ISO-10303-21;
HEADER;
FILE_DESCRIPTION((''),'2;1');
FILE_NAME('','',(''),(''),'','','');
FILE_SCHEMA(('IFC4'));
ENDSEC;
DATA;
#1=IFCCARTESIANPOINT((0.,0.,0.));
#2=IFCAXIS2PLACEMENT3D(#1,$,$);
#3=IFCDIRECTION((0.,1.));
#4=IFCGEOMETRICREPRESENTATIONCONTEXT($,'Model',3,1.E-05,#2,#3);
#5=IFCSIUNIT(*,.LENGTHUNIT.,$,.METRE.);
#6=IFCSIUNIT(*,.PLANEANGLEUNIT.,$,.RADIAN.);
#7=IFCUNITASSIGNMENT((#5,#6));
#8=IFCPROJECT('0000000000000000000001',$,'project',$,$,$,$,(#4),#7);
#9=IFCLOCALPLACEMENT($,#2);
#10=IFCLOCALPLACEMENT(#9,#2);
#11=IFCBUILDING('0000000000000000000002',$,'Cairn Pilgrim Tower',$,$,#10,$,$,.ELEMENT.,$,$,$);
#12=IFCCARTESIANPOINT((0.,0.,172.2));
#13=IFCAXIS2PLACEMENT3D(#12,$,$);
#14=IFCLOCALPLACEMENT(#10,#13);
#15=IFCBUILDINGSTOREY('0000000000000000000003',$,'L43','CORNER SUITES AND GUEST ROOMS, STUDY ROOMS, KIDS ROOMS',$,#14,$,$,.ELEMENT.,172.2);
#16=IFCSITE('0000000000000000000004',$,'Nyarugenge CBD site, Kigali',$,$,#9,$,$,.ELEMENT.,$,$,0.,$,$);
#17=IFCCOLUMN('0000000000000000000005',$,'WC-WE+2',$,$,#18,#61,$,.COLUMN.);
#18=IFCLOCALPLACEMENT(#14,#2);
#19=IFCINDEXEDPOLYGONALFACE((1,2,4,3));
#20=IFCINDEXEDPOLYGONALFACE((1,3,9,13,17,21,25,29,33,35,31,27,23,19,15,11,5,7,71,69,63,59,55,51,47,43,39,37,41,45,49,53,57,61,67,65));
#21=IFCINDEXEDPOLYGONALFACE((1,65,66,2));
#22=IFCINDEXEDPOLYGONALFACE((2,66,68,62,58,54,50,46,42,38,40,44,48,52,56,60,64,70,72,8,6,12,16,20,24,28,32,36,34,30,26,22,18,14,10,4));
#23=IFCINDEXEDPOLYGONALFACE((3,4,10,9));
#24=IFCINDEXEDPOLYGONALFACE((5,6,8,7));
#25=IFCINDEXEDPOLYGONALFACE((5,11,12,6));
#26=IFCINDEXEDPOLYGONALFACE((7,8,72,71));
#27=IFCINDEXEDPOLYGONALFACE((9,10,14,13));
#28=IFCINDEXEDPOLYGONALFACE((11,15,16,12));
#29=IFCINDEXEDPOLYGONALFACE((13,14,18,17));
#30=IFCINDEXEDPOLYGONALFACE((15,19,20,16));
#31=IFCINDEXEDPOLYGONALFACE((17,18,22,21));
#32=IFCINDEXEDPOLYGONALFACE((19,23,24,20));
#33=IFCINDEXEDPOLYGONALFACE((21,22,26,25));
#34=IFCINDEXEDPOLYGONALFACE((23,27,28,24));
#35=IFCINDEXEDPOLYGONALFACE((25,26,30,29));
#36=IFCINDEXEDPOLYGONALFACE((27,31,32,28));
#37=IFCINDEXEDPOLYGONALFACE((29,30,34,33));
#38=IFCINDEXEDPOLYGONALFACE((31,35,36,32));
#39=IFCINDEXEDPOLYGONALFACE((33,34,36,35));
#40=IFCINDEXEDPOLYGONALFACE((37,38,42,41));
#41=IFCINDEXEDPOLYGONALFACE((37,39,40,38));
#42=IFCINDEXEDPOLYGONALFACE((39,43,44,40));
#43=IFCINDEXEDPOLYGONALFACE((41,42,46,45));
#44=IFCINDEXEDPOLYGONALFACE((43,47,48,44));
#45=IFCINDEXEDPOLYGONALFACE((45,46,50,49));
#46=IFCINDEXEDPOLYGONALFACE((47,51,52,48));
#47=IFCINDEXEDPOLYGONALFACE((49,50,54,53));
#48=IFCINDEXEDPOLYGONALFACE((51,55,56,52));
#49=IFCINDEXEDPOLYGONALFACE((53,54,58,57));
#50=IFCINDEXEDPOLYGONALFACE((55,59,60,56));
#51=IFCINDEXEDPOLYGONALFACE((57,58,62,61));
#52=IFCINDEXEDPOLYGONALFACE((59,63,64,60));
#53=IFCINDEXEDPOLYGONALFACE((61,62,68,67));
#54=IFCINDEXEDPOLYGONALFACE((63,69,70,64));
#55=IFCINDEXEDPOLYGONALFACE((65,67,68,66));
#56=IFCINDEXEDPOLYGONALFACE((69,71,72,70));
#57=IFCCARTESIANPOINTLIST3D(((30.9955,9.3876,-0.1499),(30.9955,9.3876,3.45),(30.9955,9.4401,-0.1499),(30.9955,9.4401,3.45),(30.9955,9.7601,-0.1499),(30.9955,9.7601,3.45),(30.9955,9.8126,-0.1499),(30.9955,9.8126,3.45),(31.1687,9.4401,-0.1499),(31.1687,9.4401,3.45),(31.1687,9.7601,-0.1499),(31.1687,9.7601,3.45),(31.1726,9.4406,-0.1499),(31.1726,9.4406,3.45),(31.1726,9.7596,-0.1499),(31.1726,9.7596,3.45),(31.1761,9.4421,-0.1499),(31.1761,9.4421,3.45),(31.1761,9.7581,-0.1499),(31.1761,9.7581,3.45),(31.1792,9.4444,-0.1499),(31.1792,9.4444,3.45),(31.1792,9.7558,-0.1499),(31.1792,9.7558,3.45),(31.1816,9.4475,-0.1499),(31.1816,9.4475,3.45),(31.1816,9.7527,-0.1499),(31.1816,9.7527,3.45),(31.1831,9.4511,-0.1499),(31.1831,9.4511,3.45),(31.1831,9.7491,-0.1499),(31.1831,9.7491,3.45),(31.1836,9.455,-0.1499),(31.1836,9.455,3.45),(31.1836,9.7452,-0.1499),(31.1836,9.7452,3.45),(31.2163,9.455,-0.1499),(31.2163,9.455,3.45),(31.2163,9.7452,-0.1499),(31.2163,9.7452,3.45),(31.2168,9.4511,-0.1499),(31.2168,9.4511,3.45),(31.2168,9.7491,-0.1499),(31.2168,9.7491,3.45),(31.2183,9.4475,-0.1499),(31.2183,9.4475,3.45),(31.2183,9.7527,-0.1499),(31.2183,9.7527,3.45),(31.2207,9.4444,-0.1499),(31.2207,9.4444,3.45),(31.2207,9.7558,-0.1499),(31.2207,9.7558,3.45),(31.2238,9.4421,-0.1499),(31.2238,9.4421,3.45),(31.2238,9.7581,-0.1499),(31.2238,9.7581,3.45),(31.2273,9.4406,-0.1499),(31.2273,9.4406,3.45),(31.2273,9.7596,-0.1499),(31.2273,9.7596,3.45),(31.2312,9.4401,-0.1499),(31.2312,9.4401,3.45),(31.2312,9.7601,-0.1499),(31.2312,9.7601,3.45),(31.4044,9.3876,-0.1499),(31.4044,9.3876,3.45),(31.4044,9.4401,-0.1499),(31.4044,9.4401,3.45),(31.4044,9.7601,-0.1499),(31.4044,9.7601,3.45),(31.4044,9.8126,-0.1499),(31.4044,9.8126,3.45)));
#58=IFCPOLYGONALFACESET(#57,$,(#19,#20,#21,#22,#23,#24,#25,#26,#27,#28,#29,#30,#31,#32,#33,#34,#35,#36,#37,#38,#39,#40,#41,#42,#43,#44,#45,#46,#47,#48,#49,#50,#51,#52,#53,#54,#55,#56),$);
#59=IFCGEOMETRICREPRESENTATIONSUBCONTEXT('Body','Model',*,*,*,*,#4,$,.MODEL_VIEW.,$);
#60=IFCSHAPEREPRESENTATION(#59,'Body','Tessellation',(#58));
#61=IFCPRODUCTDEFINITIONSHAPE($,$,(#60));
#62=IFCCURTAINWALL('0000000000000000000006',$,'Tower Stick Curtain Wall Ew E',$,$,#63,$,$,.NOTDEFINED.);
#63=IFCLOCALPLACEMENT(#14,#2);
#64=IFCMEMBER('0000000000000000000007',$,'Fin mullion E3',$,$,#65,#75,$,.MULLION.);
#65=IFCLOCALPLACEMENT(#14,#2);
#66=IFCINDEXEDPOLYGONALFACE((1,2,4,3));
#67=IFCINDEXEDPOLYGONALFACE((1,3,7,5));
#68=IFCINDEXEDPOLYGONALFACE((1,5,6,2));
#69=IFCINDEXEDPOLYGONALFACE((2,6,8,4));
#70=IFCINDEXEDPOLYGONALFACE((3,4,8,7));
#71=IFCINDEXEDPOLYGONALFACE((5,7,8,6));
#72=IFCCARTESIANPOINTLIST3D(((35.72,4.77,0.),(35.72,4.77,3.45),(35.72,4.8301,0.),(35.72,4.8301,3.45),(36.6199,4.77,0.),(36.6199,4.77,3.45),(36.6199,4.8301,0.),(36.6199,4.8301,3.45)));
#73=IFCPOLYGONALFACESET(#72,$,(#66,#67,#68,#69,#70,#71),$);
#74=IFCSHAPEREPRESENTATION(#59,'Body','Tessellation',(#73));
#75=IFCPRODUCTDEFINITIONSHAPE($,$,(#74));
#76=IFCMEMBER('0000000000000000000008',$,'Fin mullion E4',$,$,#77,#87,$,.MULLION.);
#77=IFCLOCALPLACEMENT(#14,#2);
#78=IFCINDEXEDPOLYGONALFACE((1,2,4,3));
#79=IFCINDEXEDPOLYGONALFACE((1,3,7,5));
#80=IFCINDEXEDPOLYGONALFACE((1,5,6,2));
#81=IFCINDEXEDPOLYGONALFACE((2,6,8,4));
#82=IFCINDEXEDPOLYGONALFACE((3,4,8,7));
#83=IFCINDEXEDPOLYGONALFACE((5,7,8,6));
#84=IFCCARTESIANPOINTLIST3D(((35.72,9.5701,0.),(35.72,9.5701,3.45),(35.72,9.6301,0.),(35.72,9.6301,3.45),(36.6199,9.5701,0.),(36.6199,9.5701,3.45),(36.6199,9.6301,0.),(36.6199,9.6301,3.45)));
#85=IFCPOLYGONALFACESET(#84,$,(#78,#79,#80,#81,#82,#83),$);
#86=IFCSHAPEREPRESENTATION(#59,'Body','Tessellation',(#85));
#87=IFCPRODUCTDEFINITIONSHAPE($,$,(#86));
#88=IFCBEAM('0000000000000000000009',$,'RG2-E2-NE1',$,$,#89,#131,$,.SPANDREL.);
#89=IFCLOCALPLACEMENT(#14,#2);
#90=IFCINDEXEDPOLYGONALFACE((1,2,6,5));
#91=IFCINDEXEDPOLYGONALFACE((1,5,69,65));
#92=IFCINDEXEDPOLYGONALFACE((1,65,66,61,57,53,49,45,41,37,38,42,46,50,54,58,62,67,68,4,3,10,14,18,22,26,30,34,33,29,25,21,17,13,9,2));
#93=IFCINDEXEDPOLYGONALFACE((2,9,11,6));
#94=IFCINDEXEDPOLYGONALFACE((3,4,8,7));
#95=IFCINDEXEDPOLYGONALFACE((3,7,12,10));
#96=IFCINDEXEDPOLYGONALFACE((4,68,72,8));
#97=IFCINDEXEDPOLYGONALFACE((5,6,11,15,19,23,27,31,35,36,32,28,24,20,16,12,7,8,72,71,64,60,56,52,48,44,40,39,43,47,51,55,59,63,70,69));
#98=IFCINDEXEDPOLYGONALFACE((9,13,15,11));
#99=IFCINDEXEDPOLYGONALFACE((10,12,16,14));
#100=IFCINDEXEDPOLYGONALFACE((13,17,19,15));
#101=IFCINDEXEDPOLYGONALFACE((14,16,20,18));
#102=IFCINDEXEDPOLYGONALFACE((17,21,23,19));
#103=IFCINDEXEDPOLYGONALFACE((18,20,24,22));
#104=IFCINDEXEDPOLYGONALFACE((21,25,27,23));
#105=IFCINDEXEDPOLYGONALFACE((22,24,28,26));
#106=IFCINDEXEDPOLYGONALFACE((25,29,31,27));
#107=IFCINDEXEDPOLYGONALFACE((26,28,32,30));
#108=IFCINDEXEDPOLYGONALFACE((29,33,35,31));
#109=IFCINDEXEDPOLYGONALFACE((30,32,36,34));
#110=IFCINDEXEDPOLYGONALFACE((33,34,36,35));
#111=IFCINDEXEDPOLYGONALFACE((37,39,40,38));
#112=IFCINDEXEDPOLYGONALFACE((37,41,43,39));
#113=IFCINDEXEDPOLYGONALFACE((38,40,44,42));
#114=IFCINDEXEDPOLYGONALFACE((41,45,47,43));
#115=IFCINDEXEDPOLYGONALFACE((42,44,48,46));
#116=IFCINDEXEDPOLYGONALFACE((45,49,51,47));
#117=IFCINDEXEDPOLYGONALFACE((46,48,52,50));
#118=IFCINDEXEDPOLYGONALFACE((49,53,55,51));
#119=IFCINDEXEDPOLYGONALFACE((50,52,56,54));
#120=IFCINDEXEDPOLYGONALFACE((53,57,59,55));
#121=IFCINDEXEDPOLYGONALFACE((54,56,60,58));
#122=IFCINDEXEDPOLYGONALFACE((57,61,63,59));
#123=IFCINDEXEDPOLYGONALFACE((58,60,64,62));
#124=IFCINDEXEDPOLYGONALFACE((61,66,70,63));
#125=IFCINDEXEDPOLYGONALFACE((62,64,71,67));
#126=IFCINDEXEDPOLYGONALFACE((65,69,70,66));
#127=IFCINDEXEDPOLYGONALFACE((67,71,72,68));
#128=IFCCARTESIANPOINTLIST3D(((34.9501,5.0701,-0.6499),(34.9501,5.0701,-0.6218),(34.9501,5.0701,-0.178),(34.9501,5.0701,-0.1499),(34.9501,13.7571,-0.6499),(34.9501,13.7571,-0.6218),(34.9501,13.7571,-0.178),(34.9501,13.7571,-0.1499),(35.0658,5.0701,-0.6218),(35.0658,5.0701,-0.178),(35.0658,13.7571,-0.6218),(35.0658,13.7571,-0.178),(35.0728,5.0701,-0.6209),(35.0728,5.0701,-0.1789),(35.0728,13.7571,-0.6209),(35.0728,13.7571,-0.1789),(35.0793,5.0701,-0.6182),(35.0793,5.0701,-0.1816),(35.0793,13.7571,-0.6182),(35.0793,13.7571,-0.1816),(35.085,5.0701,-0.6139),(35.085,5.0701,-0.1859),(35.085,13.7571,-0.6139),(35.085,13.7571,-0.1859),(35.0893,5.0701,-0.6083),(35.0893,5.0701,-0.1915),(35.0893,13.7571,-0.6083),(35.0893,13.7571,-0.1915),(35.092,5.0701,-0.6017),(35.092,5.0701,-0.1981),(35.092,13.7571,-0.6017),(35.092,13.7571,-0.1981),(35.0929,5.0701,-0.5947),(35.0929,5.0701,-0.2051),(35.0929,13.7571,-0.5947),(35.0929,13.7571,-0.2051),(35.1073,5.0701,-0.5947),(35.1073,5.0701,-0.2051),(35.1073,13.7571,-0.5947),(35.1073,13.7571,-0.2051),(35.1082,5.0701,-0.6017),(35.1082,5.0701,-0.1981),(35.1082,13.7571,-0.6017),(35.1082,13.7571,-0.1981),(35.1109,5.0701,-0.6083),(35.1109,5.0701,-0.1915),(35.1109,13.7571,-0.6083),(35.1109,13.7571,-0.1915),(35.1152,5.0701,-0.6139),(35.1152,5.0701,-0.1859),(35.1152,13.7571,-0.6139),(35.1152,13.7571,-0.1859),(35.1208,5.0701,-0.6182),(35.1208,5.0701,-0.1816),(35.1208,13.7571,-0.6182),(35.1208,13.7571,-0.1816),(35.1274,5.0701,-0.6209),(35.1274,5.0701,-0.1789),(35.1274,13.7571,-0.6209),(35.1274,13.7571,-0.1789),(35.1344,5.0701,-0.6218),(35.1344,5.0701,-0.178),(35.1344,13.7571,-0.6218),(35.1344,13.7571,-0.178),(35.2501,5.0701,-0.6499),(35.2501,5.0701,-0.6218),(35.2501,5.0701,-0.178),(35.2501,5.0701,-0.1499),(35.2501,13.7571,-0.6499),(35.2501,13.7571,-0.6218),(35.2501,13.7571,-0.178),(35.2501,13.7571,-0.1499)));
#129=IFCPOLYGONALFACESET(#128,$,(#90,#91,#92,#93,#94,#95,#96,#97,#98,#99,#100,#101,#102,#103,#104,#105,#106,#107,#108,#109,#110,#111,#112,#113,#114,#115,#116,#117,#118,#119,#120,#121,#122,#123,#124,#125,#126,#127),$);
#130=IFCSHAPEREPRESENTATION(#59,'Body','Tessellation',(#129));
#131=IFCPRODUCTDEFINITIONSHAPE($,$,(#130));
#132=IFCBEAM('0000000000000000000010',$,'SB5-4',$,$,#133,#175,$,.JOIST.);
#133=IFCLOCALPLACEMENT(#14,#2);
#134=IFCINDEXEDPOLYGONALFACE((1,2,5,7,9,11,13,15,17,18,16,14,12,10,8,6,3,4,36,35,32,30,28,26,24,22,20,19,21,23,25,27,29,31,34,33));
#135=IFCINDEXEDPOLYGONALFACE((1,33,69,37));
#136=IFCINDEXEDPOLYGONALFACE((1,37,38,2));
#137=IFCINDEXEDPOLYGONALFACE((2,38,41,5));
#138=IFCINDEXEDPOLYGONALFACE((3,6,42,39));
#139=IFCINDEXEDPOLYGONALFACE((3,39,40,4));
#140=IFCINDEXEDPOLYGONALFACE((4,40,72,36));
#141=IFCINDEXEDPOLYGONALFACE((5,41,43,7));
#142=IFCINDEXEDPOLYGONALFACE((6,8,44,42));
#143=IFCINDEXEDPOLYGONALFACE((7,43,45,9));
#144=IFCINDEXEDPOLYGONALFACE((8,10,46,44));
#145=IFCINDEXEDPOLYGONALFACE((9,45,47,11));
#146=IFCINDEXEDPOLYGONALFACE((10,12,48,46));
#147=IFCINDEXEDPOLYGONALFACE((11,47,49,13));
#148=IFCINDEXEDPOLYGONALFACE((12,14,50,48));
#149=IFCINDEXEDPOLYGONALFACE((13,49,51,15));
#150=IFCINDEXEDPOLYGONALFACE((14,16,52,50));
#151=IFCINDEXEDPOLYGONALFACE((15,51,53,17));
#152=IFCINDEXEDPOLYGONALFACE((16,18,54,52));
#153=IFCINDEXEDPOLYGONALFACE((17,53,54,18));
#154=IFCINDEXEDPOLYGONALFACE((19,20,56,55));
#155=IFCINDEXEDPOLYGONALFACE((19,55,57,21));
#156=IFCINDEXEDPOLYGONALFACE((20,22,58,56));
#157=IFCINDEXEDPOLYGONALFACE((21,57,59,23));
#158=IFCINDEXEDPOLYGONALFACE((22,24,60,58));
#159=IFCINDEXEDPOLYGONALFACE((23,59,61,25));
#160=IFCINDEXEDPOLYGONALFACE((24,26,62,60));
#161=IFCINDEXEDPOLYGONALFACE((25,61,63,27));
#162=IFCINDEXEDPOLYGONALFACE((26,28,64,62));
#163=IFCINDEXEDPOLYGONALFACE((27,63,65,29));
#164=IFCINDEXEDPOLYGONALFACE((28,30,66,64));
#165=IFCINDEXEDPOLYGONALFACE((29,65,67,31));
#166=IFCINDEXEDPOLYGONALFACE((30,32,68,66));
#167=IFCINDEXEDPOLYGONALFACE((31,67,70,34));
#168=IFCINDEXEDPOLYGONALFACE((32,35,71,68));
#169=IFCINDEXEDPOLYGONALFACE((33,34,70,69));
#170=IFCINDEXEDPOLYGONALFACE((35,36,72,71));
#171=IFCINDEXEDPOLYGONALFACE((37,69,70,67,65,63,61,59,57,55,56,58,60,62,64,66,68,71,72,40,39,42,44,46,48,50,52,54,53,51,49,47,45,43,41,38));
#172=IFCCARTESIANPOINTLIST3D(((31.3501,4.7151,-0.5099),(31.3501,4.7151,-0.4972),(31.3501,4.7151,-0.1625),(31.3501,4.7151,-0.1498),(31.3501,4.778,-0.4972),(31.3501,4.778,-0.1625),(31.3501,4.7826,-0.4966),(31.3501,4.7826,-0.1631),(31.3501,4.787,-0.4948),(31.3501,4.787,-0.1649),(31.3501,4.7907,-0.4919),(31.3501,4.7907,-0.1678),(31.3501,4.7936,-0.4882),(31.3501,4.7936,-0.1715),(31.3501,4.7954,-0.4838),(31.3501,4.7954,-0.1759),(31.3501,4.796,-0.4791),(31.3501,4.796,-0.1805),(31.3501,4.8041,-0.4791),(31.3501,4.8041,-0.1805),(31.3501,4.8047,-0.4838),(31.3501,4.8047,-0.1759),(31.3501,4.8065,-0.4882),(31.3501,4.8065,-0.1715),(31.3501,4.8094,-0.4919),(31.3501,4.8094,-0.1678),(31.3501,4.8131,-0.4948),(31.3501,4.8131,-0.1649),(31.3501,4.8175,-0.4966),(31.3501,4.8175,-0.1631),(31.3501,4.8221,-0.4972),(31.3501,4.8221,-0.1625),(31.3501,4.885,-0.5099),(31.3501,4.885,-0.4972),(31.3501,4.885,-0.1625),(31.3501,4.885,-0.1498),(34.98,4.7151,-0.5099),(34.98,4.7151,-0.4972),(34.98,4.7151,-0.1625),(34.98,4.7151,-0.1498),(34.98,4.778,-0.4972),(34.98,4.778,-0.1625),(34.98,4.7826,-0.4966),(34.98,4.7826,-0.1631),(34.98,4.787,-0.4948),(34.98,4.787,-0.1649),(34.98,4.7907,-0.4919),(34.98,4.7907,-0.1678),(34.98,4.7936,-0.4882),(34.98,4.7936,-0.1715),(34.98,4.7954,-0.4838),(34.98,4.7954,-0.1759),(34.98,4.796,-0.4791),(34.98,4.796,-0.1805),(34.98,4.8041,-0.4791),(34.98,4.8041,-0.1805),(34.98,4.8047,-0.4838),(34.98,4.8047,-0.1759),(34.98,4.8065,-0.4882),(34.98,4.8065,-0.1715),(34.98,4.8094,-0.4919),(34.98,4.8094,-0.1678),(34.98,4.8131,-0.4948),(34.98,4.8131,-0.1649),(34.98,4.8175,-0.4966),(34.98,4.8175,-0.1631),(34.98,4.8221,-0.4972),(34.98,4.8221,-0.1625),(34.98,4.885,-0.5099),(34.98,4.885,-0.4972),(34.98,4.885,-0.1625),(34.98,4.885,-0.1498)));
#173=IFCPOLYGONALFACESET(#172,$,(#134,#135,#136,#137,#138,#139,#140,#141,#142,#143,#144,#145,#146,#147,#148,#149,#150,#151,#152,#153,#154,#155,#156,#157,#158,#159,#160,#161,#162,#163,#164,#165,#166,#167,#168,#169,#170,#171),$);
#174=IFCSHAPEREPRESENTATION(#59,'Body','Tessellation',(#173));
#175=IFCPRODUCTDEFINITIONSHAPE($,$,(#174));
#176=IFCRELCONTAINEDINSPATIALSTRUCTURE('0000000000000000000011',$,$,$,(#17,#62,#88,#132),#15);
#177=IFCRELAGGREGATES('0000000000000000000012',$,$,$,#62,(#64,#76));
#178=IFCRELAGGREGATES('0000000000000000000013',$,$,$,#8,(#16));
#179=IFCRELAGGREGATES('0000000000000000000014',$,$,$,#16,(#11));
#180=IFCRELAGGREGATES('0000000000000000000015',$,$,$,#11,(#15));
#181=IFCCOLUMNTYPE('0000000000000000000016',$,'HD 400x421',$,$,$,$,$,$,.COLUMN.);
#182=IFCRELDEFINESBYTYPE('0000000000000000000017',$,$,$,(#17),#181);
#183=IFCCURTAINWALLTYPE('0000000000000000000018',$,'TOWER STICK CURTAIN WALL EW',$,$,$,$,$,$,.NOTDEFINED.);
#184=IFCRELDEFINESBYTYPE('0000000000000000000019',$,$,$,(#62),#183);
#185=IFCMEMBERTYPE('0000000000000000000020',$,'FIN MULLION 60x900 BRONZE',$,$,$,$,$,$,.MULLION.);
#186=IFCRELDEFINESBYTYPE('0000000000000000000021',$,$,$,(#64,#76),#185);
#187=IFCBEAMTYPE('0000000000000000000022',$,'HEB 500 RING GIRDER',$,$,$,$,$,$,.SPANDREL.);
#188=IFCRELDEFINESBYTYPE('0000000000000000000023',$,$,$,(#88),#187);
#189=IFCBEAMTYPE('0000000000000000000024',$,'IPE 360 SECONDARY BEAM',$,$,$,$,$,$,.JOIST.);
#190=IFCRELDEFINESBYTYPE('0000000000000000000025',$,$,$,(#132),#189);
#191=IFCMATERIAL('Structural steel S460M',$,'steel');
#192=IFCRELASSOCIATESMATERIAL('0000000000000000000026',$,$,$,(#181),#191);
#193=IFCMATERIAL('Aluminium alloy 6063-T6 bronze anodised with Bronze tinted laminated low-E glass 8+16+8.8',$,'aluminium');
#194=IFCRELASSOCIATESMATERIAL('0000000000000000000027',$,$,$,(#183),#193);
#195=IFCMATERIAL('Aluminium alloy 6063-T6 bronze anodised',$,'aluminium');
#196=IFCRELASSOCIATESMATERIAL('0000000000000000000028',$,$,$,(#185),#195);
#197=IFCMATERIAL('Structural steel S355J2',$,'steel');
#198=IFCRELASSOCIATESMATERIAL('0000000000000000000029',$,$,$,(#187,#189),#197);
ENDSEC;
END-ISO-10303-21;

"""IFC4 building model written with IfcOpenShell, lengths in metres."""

from ifc_helpers import new_model, si_unit, direction, frame, origin, origin_2d, place, context, subcontext, project, spatial, rectangle, i_section, extrude, material, material_profile, profile_set, type_object, element, aggregate, save


model = new_model("IFC4")

# Units and contexts
model_context = context("Model", 3, precision=1e-05, world=origin(), true_north=direction((0.0, 1.0)))
body_context = subcontext(model_context, "Body", "Model", "MODEL_VIEW")
ifc_project = project(units=[si_unit("LENGTHUNIT", "METRE"), si_unit("PLANEANGLEUNIT", "RADIAN")], contexts=[model_context])

# Site, building, storey
site_placement = place(None, origin())
site = spatial("IfcSite", under=ifc_project, at=site_placement, Name="Nyarugenge CBD site, Kigali", CompositionType="ELEMENT", RefElevation=0.0)
building_placement = place(site_placement, origin())
building = spatial("IfcBuilding", under=site, at=building_placement, Name="Cairn Pilgrim Tower", CompositionType="ELEMENT")
storey_placement = place(building_placement, frame((0.0, 0.0, 172.2)))
storey = spatial("IfcBuildingStorey", under=building, at=storey_placement, Name="L43", Description="CORNER SUITES AND GUEST ROOMS, STUDY ROOMS, KIDS ROOMS", CompositionType="ELEMENT", Elevation=172.2)

# Column
ifc_material_1 = material(Name="Structural steel S460M", Category="steel")
ifc_material_profile_1 = material_profile(ifc_material_1, i_section(OverallWidth=0.4089, OverallDepth=0.425, WebThickness=0.0327, FlangeThickness=0.0525, FilletRadius=0.0149, at=origin_2d()), Name="HD 400x421")
ifc_profile_set_1 = profile_set([ifc_material_profile_1], Name="Structural steel S460M")
column_type_1 = type_object("IfcColumnType", Name="HD 400x421", PredefinedType="COLUMN", material=ifc_profile_set_1)
column_1_placement = place(storey_placement, frame((31.2, 9.6001, -0.1499), z_axis=(0.0, 0.0, 1.0), x_axis=(1.0, 0.0, 0.0)))
element("IfcColumn", 1, at=column_1_placement, inside=storey, type_object=column_type_1, Name="WC-WE+2", PredefinedType="COLUMN", context=body_context, shape_type="SweptSolid", body=[
    extrude(i_section(OverallWidth=0.4089, OverallDepth=0.425, WebThickness=0.0327, FlangeThickness=0.0525, FilletRadius=0.0149, at=origin_2d()), origin(), (0.0, 0.0, 1.0), 3.5999),
])

# Curtain wall, members
ifc_material_2 = material(Name="Aluminium alloy 6063-T6 bronze anodised with Bronze tinted laminated low-E glass 8+16+8.8", Category="aluminium")
curtain_wall_type = type_object("IfcCurtainWallType", Name="TOWER STICK CURTAIN WALL EW", PredefinedType="NOTDEFINED", material=ifc_material_2)
curtain_wall_placement = place(storey_placement, origin())
curtain_wall = element("IfcCurtainWall", 2, at=curtain_wall_placement, inside=storey, type_object=curtain_wall_type, Name="Tower Stick Curtain Wall Ew E", PredefinedType="NOTDEFINED")
ifc_material_3 = material(Name="Aluminium alloy 6063-T6 bronze anodised", Category="aluminium")
ifc_material_profile_2 = material_profile(ifc_material_3, rectangle(XDim=0.8999, YDim=0.0601, at=origin_2d()), Name="FIN MULLION 60x900 BRONZE")
ifc_profile_set_2 = profile_set([ifc_material_profile_2], Name="Aluminium alloy 6063-T6 bronze anodised")
member_type = type_object("IfcMemberType", Name="FIN MULLION 60x900 BRONZE", PredefinedType="MULLION", material=ifc_profile_set_2)
member_1_placement = place(storey_placement, frame((36.1699, 4.8, 0.0), z_axis=(0.0, 0.0, 1.0), x_axis=(1.0, 0.0, 0.0)))
member_1 = element("IfcMember", 3, at=member_1_placement, type_object=member_type, Name="Fin mullion E3", PredefinedType="MULLION", context=body_context, shape_type="SweptSolid", body=[
    extrude(rectangle(XDim=0.8999, YDim=0.0601, at=origin_2d()), origin(), (0.0, 0.0, 1.0), 3.45),
])
member_2_placement = place(storey_placement, frame((36.1699, 9.6001, 0.0), z_axis=(0.0, 0.0, 1.0), x_axis=(1.0, 0.0, 0.0)))
member_2 = element("IfcMember", 4, at=member_2_placement, type_object=member_type, Name="Fin mullion E4", PredefinedType="MULLION", context=body_context, shape_type="SweptSolid", body=[
    extrude(rectangle(XDim=0.8999, YDim=0.0601, at=origin_2d()), origin(), (0.0, 0.0, 1.0), 3.45),
])
aggregate(curtain_wall, [member_1, member_2])

# Beams
ifc_material_4 = material(Name="Structural steel S355J2", Category="steel")
ifc_material_profile_3 = material_profile(ifc_material_4, i_section(OverallWidth=0.3, OverallDepth=0.5, WebThickness=0.0144, FlangeThickness=0.0281, FilletRadius=0.0271, at=origin_2d()), Name="HEB 500")
ifc_profile_set_3 = profile_set([ifc_material_profile_3], Name="Structural steel S355J2")
beam_type_1 = type_object("IfcBeamType", Name="HEB 500 RING GIRDER", PredefinedType="SPANDREL", material=ifc_profile_set_3)
beam_placement = place(storey_placement, frame((35.1001, 5.0701, -0.3999), z_axis=(0.0, 1.0, 0.0), x_axis=(-1.0, 0.0, 0.0)))
element("IfcBeam", 5, at=beam_placement, inside=storey, type_object=beam_type_1, Name="RG2-E2-NE1", PredefinedType="SPANDREL", context=body_context, shape_type="SweptSolid", body=[
    extrude(i_section(OverallWidth=0.3, OverallDepth=0.5, WebThickness=0.0144, FlangeThickness=0.0281, FilletRadius=0.0271, at=origin_2d()), origin(), (0.0, 0.0, 1.0), 8.687),
])
ifc_material_profile_4 = material_profile(ifc_material_4, i_section(OverallWidth=0.1699, OverallDepth=0.3601, WebThickness=0.0081, FlangeThickness=0.0127, FilletRadius=0.0181, at=origin_2d()), Name="IPE 360")
ifc_profile_set_4 = profile_set([ifc_material_profile_4], Name="Structural steel S355J2")
beam_type_2 = type_object("IfcBeamType", Name="IPE 360 SECONDARY BEAM", PredefinedType="JOIST", material=ifc_profile_set_4)
for number, where, z_axis, x_axis, name in (
    (6, (31.3501, 4.8, -0.3298), (1.0, 0.0, 0.0), (0.0, 1.0, 0.0), "SB5-4"),
):
    element("IfcBeam", number, at=place(storey_placement, frame(where, z_axis=z_axis, x_axis=x_axis)), inside=storey, type_object=beam_type_2, Name=name, PredefinedType="JOIST", context=body_context, shape_type="SweptSolid", body=[
        extrude(i_section(OverallWidth=0.1699, OverallDepth=0.3601, WebThickness=0.0081, FlangeThickness=0.0127, FilletRadius=0.0181, at=origin_2d()), origin(), (0.0, 0.0, 1.0), 3.6299),
    ])

save(model, "model.ifc")
